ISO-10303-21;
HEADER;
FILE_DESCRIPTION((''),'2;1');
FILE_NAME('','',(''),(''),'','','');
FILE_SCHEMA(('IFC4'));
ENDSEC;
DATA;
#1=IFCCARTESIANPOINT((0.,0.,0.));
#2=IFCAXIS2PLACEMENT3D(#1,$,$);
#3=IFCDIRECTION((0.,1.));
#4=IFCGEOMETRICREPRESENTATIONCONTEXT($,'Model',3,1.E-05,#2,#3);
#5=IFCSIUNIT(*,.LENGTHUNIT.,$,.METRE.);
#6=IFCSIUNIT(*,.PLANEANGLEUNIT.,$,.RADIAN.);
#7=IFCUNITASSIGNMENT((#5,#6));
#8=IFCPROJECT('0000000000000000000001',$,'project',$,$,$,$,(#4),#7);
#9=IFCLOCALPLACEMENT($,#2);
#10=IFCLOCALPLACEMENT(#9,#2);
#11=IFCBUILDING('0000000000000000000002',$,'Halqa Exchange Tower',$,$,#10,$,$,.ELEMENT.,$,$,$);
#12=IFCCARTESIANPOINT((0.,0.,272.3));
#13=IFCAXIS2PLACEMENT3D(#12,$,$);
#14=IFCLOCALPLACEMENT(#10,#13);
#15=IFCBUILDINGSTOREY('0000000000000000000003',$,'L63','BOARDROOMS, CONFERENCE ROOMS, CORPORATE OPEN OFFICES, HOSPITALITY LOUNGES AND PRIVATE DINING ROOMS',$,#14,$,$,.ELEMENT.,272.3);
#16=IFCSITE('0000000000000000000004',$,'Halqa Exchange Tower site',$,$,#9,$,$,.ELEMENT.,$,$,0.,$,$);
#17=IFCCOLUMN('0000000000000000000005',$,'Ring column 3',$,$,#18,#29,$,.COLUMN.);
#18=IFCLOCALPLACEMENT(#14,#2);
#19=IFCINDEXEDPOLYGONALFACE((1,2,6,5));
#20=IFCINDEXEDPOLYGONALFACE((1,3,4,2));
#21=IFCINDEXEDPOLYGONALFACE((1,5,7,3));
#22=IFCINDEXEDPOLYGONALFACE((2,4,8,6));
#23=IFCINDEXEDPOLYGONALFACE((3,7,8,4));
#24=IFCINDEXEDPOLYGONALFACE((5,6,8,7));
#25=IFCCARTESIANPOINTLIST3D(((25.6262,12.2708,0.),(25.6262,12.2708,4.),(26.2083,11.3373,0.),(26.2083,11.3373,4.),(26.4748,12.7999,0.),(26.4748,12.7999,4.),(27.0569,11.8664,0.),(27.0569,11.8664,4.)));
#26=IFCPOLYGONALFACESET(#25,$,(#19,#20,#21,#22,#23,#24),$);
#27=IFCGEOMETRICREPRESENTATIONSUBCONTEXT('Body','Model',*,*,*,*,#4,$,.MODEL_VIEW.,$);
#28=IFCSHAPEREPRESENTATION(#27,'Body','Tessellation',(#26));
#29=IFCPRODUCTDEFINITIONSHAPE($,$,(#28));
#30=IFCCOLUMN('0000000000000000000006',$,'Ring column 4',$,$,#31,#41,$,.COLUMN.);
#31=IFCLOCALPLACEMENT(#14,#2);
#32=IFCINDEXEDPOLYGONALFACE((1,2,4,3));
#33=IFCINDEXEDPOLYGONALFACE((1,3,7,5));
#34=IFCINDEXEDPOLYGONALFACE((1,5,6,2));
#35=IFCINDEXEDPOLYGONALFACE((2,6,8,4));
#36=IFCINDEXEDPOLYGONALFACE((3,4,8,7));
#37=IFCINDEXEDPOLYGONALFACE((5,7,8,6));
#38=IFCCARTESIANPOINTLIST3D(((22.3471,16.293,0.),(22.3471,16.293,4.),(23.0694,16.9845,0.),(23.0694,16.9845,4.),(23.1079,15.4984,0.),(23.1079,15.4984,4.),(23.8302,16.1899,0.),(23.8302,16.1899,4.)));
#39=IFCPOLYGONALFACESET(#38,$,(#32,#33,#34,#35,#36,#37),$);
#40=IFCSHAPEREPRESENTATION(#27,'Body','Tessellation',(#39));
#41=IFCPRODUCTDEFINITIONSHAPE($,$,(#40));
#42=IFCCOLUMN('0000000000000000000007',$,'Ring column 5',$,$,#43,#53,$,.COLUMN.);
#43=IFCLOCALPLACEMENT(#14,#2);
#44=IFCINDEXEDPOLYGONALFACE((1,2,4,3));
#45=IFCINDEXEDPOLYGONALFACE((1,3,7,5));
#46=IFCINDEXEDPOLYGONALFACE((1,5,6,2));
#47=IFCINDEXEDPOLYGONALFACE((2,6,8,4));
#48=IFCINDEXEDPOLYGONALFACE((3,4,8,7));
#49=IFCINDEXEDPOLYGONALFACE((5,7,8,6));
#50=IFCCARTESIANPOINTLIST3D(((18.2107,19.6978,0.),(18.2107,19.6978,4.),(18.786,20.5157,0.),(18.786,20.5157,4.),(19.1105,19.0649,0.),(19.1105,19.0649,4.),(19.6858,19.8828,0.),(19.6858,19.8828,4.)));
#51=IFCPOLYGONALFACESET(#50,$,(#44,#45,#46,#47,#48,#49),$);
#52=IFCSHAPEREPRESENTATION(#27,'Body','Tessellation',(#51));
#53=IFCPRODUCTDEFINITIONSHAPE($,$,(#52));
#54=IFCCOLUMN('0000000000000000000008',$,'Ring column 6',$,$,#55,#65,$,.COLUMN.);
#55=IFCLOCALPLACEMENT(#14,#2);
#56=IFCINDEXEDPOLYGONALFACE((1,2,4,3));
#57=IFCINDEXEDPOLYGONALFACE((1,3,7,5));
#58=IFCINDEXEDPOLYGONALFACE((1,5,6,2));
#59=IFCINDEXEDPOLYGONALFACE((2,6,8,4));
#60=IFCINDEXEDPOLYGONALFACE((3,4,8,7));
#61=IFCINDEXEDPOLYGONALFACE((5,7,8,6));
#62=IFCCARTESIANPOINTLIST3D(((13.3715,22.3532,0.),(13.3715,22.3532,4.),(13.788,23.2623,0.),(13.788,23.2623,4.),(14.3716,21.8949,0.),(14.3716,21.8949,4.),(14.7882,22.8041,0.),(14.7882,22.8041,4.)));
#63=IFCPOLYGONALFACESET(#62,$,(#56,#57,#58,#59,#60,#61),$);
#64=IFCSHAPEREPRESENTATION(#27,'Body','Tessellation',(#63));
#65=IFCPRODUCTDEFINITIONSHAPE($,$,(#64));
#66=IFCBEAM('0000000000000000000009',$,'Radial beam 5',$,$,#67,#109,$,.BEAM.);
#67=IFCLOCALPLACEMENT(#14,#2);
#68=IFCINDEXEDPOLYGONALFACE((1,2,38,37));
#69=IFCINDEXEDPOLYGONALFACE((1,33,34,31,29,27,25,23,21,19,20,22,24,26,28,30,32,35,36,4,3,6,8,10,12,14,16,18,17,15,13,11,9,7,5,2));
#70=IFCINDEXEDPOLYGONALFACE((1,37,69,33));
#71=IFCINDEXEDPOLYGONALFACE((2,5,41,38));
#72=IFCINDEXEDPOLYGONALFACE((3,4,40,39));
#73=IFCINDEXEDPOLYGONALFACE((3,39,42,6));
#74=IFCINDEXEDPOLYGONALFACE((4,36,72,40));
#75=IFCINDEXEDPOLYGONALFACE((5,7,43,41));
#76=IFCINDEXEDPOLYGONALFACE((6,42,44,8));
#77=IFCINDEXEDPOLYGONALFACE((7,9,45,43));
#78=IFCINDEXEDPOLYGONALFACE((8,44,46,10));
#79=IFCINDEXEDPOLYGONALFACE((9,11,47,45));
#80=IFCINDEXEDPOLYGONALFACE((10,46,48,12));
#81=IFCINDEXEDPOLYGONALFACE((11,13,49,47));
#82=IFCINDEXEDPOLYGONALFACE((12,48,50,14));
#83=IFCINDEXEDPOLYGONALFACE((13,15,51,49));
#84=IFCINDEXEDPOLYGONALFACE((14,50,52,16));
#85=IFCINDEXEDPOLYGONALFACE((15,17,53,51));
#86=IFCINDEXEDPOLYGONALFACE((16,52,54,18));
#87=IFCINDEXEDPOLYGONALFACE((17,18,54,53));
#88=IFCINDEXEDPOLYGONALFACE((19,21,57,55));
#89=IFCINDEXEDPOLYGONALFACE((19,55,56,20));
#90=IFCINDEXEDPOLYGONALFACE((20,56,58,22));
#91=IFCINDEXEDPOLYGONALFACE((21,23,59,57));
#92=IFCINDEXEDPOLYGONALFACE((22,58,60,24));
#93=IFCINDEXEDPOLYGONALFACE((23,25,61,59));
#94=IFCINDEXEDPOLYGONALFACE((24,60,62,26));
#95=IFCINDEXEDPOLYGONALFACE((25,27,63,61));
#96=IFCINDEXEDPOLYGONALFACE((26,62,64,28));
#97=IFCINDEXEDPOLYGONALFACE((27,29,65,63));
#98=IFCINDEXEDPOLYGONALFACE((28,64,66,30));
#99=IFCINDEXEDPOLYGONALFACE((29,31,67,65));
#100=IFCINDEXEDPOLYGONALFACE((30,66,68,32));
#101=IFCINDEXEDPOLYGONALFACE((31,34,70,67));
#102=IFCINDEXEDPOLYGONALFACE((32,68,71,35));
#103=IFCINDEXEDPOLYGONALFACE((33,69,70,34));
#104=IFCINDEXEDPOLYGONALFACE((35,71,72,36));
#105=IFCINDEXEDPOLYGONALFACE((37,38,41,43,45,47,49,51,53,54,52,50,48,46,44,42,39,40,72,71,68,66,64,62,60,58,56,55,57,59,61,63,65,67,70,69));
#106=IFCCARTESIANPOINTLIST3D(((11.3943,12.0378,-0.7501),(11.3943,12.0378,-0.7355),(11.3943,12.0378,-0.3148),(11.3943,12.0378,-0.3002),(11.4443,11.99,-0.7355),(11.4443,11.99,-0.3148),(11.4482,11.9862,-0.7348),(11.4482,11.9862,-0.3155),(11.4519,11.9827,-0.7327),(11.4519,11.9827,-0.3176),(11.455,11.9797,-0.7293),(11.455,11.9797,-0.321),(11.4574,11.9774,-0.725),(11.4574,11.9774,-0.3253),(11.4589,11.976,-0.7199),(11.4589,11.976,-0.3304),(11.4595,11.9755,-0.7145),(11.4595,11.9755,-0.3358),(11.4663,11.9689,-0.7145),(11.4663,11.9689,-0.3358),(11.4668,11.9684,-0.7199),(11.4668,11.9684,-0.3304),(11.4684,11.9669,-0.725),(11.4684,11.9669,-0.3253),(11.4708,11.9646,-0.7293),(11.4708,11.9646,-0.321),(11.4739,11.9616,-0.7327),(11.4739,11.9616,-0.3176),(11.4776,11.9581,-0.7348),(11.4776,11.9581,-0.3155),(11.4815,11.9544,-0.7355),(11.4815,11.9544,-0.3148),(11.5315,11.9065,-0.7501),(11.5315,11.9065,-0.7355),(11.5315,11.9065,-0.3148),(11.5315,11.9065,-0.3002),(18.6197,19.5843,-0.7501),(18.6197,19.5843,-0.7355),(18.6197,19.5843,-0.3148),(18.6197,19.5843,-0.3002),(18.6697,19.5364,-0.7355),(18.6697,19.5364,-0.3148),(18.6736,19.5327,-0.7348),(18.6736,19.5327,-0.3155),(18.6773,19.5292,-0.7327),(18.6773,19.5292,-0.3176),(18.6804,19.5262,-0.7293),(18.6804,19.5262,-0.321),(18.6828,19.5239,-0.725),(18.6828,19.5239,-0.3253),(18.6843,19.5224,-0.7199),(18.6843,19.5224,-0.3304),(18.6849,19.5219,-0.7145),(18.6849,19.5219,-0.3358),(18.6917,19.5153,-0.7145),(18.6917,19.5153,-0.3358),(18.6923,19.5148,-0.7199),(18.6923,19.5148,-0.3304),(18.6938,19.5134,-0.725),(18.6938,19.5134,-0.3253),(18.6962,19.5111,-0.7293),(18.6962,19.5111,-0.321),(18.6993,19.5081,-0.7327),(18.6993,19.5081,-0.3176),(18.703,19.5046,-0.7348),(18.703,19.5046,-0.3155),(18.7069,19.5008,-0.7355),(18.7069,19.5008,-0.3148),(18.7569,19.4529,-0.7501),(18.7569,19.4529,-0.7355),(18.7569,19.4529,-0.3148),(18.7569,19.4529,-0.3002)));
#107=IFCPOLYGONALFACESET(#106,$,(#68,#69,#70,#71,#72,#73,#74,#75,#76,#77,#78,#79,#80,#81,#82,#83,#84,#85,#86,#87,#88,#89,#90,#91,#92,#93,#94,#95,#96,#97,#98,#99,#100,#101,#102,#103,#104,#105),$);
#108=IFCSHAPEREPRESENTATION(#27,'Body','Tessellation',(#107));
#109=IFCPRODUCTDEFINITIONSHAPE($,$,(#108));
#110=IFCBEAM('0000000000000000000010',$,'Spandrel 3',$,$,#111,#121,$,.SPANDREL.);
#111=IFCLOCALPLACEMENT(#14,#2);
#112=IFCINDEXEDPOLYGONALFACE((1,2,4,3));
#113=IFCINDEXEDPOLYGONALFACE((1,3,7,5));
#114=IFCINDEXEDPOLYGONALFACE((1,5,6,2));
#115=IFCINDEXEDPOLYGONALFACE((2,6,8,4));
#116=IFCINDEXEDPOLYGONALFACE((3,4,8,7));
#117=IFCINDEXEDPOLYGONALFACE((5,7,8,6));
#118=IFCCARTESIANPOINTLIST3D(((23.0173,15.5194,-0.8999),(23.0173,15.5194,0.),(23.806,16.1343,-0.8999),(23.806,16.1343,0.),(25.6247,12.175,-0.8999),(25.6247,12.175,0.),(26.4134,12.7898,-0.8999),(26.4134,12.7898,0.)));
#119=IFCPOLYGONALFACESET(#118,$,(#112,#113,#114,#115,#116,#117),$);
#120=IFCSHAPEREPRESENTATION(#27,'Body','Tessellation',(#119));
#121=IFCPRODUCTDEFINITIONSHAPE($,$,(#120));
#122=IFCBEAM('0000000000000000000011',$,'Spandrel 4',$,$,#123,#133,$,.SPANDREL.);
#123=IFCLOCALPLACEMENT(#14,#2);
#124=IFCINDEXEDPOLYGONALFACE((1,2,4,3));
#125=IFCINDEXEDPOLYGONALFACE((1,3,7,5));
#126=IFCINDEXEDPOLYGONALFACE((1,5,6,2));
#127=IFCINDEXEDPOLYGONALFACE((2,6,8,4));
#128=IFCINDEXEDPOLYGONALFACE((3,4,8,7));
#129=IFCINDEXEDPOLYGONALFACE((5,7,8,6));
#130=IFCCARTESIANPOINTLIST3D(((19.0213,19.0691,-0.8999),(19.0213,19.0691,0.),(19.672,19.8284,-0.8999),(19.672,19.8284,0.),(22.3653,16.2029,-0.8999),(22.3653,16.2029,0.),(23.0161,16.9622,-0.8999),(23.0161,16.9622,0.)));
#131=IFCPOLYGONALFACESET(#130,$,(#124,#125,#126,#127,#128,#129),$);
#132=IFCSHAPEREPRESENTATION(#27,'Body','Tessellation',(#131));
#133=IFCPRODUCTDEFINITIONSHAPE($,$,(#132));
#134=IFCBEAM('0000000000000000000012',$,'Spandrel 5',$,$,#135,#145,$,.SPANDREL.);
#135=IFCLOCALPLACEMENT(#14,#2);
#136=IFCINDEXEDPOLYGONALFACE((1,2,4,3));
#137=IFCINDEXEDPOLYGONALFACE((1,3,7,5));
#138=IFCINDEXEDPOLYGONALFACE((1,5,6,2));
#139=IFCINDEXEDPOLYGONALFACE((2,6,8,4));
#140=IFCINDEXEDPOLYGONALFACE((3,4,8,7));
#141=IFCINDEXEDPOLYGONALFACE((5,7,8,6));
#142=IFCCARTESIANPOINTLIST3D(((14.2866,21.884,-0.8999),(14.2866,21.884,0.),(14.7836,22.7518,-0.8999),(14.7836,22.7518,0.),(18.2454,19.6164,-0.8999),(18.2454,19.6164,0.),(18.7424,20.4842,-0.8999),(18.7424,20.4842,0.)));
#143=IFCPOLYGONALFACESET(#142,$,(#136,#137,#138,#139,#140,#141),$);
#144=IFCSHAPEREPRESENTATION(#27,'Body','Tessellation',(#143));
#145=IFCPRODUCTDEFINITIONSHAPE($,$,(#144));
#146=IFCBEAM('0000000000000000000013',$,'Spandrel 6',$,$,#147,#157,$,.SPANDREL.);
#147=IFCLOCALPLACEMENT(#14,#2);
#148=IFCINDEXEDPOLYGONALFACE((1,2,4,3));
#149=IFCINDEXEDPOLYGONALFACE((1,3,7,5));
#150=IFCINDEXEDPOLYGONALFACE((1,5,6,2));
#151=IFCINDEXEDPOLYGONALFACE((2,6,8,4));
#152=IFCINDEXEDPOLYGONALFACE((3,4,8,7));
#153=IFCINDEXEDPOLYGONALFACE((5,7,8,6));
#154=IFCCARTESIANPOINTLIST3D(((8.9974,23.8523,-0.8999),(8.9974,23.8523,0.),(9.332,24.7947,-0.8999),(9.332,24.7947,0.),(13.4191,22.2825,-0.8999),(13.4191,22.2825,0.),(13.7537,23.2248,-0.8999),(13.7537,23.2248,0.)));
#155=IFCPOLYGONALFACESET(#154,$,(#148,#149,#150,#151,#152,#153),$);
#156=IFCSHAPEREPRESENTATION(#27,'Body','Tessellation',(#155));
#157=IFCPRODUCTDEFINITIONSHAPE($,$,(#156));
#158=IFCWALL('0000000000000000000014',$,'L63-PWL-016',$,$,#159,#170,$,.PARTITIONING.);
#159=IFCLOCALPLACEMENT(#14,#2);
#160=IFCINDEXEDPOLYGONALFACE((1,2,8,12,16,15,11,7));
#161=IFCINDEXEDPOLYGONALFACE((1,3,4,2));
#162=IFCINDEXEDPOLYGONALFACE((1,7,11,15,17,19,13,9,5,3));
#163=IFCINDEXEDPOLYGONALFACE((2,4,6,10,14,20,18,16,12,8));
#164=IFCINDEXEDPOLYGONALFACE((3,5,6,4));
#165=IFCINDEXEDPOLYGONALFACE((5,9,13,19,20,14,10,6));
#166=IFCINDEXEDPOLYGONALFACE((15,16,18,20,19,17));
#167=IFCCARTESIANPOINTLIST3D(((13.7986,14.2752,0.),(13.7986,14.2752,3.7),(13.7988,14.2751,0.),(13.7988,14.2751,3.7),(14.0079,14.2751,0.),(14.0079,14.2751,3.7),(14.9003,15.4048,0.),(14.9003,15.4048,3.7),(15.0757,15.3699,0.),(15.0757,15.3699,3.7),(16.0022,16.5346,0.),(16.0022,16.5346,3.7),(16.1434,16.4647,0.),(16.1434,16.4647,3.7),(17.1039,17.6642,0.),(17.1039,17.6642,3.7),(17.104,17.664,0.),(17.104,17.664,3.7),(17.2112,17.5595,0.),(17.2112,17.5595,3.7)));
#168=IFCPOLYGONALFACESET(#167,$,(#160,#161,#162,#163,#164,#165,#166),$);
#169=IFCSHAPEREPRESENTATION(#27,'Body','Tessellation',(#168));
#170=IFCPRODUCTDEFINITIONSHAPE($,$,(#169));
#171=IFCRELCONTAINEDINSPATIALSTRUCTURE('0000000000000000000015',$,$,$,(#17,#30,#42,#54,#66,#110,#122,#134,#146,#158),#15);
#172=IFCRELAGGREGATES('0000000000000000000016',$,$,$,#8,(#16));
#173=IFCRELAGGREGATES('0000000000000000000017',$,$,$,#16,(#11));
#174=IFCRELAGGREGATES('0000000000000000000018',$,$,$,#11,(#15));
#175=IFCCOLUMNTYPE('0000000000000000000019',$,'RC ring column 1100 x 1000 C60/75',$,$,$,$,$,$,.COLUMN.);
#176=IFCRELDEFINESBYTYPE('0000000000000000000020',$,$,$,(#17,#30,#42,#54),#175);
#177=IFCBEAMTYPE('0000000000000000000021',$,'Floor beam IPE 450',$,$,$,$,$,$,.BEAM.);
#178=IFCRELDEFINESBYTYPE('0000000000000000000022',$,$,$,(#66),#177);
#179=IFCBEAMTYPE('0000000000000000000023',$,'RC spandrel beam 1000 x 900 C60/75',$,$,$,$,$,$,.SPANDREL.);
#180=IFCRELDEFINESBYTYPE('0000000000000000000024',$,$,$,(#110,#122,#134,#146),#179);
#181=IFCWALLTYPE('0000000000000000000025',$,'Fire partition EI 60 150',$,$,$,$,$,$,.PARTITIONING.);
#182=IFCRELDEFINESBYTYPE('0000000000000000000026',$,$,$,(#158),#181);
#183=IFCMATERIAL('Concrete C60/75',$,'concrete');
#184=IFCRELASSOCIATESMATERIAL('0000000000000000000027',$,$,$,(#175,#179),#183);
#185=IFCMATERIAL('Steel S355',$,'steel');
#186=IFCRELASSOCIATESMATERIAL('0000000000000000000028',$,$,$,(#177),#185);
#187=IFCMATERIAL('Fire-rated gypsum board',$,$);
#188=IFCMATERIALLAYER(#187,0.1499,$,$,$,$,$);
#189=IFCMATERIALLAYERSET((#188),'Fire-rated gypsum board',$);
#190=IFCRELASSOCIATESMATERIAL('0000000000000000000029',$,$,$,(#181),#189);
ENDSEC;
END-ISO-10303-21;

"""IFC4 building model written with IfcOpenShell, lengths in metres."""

from ifc_helpers import new_model, si_unit, direction, frame, origin, origin_2d, place, context, subcontext, project, spatial, polyline, rectangle, i_section, outline, extrude, material, layer, layer_set, material_profile, profile_set, type_object, element, save


model = new_model("IFC4")

# Units and contexts
model_context = context("Model", 3, precision=1e-05, world=origin(), true_north=direction((0.0, 1.0)))
body_context = subcontext(model_context, "Body", "Model", "MODEL_VIEW")
ifc_project = project(units=[si_unit("LENGTHUNIT", "METRE"), si_unit("PLANEANGLEUNIT", "RADIAN")], contexts=[model_context])

# Site, building, storey
site_placement = place(None, origin())
site = spatial("IfcSite", under=ifc_project, at=site_placement, Name="Halqa Exchange Tower site", CompositionType="ELEMENT", RefElevation=0.0)
building_placement = place(site_placement, origin())
building = spatial("IfcBuilding", under=site, at=building_placement, Name="Halqa Exchange Tower", CompositionType="ELEMENT")
storey_placement = place(building_placement, frame((0.0, 0.0, 272.3)))
storey = spatial("IfcBuildingStorey", under=building, at=storey_placement, Name="L63", Description="BOARDROOMS, CONFERENCE ROOMS, CORPORATE OPEN OFFICES, HOSPITALITY LOUNGES AND PRIVATE DINING ROOMS", CompositionType="ELEMENT", Elevation=272.3)

# Columns
ifc_material_1 = material(Name="Concrete C60/75", Category="concrete")
ifc_material_profile_1 = material_profile(ifc_material_1, rectangle(XDim=1.1001, YDim=1.0, at=origin_2d()), Name="1100 x 1000")
ifc_profile_set_1 = profile_set([ifc_material_profile_1], Name="Concrete C60/75")
column_type = type_object("IfcColumnType", Name="RC ring column 1100 x 1000 C60/75", PredefinedType="COLUMN", material=ifc_profile_set_1)
for number, where, z_axis, x_axis, name in (
    (1, (26.3416, 12.0686, 0.0), (0.0, 0.0, 1.0), (-0.529142, 0.848533, 0.0), "Ring column 3"),
    (2, (23.0886, 16.2415, 0.0), (0.0, 0.0, 1.0), (-0.69158, 0.7223, 0.0), "Ring column 4"),
    (3, (18.9482, 19.7903, 0.0), (0.0, 0.0, 1.0), (-0.817907, 0.575351, 0.0), "Ring column 5"),
    (4, (14.0798, 22.5786, 0.0), (0.0, 0.0, 1.0), (-0.909127, 0.416519, 0.0), "Ring column 6"),
):
    element("IfcColumn", number, at=place(storey_placement, frame(where, z_axis=z_axis, x_axis=x_axis)), inside=storey, type_object=column_type, Name=name, PredefinedType="COLUMN", context=body_context, shape_type="SweptSolid", body=[
        extrude(rectangle(XDim=1.1001, YDim=1.0, at=origin_2d()), origin(), (0.0, 0.0, 1.0), 4.0),
    ])

# Beams
ifc_material_2 = material(Name="Steel S355", Category="steel")
ifc_material_profile_2 = material_profile(ifc_material_2, i_section(OverallWidth=0.1899, OverallDepth=0.45, WebThickness=0.0095, FlangeThickness=0.0146, FilletRadius=0.021, at=origin_2d()), Name="IPE 450")
ifc_profile_set_2 = profile_set([ifc_material_profile_2], Name="Steel S355")
beam_type_1 = type_object("IfcBeamType", Name="Floor beam IPE 450", PredefinedType="BEAM", material=ifc_profile_set_2)
beam_1_placement = place(storey_placement, frame((11.4629, 11.9722, -0.5251), z_axis=(0.691575, 0.722304, 0.0), x_axis=(-0.722304, 0.691575, 0.0)))
element("IfcBeam", 5, at=beam_1_placement, inside=storey, type_object=beam_type_1, Name="Radial beam 5", PredefinedType="BEAM", context=body_context, shape_type="SweptSolid", body=[
    extrude(i_section(OverallWidth=0.1899, OverallDepth=0.45, WebThickness=0.0095, FlangeThickness=0.0146, FilletRadius=0.021, at=origin_2d()), origin(), (0.0, 0.0, 1.0), 10.4478),
])
ifc_material_profile_3 = material_profile(ifc_material_1, rectangle(XDim=1.0, YDim=0.8999, at=origin_2d()), Name="1000 x 900")
ifc_profile_set_3 = profile_set([ifc_material_profile_3], Name="Concrete C60/75")
beam_type_2 = type_object("IfcBeamType", Name="RC spandrel beam 1000 x 900 C60/75", PredefinedType="SPANDREL", material=ifc_profile_set_3)
beam_2_placement = place(storey_placement, frame((26.019, 12.4824, -0.45), z_axis=(-0.614845, 0.788648, 0.0), x_axis=(-0.788648, -0.614845, 0.0)))
element("IfcBeam", 6, at=beam_2_placement, inside=storey, type_object=beam_type_2, Name="Spandrel 3", PredefinedType="SPANDREL", context=body_context, shape_type="SweptSolid", body=[
    extrude(rectangle(XDim=1.0, YDim=0.8999, at=origin_2d()), origin(), (0.0, 0.0, 1.0), 4.2407),
])
beam_3_placement = place(storey_placement, frame((22.6907, 16.5825, -0.45), z_axis=(-0.759264, 0.650782, 0.0), x_axis=(-0.650782, -0.759264, 0.0)))
element("IfcBeam", 7, at=beam_3_placement, inside=storey, type_object=beam_type_2, Name="Spandrel 4", PredefinedType="SPANDREL", context=body_context, shape_type="SweptSolid", body=[
    extrude(rectangle(XDim=1.0, YDim=0.8999, at=origin_2d()), origin(), (0.0, 0.0, 1.0), 4.4043),
])
beam_4_placement = place(storey_placement, frame((18.4939, 20.0503, -0.45), z_axis=(-0.867729, 0.497038, 0.0), x_axis=(-0.497038, -0.867729, 0.0)))
element("IfcBeam", 8, at=beam_4_placement, inside=storey, type_object=beam_type_2, Name="Spandrel 5", PredefinedType="SPANDREL", context=body_context, shape_type="SweptSolid", body=[
    extrude(rectangle(XDim=1.0, YDim=0.8999, at=origin_2d()), origin(), (0.0, 0.0, 1.0), 4.5623),
])
beam_5_placement = place(storey_placement, frame((13.5864, 22.7537, -0.45), z_axis=(-0.94237, 0.334572, 0.0), x_axis=(-0.334572, -0.94237, 0.0)))
element("IfcBeam", 9, at=beam_5_placement, inside=storey, type_object=beam_type_2, Name="Spandrel 6", PredefinedType="SPANDREL", context=body_context, shape_type="SweptSolid", body=[
    extrude(rectangle(XDim=1.0, YDim=0.8999, at=origin_2d()), origin(), (0.0, 0.0, 1.0), 4.6921),
])

# Wall
ifc_material_3 = material(Name="Fire-rated gypsum board")
ifc_layer_1 = layer(ifc_material_3, 0.1499)
ifc_layer_set_1 = layer_set([ifc_layer_1], Name="Fire-rated gypsum board")
wall_type_1 = type_object("IfcWallType", Name="Fire partition EI 60 150", PredefinedType="PARTITIONING", material=ifc_layer_set_1)
wall_1_placement = place(storey_placement, frame((13.8523, 14.2229, 0.0), z_axis=(0.0, 0.0, 1.0), x_axis=(0.698207, 0.715896, 0.0)))
element("IfcWall", 10, at=wall_1_placement, inside=storey, type_object=wall_type_1, Name="L63-PWL-016", PredefinedType="PARTITIONING", context=body_context, shape_type="SweptSolid", body=[
    extrude(outline(polyline([(4.7339, -0.075), (4.7339, 0.0747), (4.7339, 0.075), (3.156, 0.075), (1.5779, 0.075), (0.0, 0.075), (0.0, 0.0747), (0.146, -0.075), (1.6753, -0.075), (3.2046, -0.075), (4.7339, -0.075)])), origin(), (0.0, 0.0, 1.0), 3.7),
])

save(model, "model.ifc")
